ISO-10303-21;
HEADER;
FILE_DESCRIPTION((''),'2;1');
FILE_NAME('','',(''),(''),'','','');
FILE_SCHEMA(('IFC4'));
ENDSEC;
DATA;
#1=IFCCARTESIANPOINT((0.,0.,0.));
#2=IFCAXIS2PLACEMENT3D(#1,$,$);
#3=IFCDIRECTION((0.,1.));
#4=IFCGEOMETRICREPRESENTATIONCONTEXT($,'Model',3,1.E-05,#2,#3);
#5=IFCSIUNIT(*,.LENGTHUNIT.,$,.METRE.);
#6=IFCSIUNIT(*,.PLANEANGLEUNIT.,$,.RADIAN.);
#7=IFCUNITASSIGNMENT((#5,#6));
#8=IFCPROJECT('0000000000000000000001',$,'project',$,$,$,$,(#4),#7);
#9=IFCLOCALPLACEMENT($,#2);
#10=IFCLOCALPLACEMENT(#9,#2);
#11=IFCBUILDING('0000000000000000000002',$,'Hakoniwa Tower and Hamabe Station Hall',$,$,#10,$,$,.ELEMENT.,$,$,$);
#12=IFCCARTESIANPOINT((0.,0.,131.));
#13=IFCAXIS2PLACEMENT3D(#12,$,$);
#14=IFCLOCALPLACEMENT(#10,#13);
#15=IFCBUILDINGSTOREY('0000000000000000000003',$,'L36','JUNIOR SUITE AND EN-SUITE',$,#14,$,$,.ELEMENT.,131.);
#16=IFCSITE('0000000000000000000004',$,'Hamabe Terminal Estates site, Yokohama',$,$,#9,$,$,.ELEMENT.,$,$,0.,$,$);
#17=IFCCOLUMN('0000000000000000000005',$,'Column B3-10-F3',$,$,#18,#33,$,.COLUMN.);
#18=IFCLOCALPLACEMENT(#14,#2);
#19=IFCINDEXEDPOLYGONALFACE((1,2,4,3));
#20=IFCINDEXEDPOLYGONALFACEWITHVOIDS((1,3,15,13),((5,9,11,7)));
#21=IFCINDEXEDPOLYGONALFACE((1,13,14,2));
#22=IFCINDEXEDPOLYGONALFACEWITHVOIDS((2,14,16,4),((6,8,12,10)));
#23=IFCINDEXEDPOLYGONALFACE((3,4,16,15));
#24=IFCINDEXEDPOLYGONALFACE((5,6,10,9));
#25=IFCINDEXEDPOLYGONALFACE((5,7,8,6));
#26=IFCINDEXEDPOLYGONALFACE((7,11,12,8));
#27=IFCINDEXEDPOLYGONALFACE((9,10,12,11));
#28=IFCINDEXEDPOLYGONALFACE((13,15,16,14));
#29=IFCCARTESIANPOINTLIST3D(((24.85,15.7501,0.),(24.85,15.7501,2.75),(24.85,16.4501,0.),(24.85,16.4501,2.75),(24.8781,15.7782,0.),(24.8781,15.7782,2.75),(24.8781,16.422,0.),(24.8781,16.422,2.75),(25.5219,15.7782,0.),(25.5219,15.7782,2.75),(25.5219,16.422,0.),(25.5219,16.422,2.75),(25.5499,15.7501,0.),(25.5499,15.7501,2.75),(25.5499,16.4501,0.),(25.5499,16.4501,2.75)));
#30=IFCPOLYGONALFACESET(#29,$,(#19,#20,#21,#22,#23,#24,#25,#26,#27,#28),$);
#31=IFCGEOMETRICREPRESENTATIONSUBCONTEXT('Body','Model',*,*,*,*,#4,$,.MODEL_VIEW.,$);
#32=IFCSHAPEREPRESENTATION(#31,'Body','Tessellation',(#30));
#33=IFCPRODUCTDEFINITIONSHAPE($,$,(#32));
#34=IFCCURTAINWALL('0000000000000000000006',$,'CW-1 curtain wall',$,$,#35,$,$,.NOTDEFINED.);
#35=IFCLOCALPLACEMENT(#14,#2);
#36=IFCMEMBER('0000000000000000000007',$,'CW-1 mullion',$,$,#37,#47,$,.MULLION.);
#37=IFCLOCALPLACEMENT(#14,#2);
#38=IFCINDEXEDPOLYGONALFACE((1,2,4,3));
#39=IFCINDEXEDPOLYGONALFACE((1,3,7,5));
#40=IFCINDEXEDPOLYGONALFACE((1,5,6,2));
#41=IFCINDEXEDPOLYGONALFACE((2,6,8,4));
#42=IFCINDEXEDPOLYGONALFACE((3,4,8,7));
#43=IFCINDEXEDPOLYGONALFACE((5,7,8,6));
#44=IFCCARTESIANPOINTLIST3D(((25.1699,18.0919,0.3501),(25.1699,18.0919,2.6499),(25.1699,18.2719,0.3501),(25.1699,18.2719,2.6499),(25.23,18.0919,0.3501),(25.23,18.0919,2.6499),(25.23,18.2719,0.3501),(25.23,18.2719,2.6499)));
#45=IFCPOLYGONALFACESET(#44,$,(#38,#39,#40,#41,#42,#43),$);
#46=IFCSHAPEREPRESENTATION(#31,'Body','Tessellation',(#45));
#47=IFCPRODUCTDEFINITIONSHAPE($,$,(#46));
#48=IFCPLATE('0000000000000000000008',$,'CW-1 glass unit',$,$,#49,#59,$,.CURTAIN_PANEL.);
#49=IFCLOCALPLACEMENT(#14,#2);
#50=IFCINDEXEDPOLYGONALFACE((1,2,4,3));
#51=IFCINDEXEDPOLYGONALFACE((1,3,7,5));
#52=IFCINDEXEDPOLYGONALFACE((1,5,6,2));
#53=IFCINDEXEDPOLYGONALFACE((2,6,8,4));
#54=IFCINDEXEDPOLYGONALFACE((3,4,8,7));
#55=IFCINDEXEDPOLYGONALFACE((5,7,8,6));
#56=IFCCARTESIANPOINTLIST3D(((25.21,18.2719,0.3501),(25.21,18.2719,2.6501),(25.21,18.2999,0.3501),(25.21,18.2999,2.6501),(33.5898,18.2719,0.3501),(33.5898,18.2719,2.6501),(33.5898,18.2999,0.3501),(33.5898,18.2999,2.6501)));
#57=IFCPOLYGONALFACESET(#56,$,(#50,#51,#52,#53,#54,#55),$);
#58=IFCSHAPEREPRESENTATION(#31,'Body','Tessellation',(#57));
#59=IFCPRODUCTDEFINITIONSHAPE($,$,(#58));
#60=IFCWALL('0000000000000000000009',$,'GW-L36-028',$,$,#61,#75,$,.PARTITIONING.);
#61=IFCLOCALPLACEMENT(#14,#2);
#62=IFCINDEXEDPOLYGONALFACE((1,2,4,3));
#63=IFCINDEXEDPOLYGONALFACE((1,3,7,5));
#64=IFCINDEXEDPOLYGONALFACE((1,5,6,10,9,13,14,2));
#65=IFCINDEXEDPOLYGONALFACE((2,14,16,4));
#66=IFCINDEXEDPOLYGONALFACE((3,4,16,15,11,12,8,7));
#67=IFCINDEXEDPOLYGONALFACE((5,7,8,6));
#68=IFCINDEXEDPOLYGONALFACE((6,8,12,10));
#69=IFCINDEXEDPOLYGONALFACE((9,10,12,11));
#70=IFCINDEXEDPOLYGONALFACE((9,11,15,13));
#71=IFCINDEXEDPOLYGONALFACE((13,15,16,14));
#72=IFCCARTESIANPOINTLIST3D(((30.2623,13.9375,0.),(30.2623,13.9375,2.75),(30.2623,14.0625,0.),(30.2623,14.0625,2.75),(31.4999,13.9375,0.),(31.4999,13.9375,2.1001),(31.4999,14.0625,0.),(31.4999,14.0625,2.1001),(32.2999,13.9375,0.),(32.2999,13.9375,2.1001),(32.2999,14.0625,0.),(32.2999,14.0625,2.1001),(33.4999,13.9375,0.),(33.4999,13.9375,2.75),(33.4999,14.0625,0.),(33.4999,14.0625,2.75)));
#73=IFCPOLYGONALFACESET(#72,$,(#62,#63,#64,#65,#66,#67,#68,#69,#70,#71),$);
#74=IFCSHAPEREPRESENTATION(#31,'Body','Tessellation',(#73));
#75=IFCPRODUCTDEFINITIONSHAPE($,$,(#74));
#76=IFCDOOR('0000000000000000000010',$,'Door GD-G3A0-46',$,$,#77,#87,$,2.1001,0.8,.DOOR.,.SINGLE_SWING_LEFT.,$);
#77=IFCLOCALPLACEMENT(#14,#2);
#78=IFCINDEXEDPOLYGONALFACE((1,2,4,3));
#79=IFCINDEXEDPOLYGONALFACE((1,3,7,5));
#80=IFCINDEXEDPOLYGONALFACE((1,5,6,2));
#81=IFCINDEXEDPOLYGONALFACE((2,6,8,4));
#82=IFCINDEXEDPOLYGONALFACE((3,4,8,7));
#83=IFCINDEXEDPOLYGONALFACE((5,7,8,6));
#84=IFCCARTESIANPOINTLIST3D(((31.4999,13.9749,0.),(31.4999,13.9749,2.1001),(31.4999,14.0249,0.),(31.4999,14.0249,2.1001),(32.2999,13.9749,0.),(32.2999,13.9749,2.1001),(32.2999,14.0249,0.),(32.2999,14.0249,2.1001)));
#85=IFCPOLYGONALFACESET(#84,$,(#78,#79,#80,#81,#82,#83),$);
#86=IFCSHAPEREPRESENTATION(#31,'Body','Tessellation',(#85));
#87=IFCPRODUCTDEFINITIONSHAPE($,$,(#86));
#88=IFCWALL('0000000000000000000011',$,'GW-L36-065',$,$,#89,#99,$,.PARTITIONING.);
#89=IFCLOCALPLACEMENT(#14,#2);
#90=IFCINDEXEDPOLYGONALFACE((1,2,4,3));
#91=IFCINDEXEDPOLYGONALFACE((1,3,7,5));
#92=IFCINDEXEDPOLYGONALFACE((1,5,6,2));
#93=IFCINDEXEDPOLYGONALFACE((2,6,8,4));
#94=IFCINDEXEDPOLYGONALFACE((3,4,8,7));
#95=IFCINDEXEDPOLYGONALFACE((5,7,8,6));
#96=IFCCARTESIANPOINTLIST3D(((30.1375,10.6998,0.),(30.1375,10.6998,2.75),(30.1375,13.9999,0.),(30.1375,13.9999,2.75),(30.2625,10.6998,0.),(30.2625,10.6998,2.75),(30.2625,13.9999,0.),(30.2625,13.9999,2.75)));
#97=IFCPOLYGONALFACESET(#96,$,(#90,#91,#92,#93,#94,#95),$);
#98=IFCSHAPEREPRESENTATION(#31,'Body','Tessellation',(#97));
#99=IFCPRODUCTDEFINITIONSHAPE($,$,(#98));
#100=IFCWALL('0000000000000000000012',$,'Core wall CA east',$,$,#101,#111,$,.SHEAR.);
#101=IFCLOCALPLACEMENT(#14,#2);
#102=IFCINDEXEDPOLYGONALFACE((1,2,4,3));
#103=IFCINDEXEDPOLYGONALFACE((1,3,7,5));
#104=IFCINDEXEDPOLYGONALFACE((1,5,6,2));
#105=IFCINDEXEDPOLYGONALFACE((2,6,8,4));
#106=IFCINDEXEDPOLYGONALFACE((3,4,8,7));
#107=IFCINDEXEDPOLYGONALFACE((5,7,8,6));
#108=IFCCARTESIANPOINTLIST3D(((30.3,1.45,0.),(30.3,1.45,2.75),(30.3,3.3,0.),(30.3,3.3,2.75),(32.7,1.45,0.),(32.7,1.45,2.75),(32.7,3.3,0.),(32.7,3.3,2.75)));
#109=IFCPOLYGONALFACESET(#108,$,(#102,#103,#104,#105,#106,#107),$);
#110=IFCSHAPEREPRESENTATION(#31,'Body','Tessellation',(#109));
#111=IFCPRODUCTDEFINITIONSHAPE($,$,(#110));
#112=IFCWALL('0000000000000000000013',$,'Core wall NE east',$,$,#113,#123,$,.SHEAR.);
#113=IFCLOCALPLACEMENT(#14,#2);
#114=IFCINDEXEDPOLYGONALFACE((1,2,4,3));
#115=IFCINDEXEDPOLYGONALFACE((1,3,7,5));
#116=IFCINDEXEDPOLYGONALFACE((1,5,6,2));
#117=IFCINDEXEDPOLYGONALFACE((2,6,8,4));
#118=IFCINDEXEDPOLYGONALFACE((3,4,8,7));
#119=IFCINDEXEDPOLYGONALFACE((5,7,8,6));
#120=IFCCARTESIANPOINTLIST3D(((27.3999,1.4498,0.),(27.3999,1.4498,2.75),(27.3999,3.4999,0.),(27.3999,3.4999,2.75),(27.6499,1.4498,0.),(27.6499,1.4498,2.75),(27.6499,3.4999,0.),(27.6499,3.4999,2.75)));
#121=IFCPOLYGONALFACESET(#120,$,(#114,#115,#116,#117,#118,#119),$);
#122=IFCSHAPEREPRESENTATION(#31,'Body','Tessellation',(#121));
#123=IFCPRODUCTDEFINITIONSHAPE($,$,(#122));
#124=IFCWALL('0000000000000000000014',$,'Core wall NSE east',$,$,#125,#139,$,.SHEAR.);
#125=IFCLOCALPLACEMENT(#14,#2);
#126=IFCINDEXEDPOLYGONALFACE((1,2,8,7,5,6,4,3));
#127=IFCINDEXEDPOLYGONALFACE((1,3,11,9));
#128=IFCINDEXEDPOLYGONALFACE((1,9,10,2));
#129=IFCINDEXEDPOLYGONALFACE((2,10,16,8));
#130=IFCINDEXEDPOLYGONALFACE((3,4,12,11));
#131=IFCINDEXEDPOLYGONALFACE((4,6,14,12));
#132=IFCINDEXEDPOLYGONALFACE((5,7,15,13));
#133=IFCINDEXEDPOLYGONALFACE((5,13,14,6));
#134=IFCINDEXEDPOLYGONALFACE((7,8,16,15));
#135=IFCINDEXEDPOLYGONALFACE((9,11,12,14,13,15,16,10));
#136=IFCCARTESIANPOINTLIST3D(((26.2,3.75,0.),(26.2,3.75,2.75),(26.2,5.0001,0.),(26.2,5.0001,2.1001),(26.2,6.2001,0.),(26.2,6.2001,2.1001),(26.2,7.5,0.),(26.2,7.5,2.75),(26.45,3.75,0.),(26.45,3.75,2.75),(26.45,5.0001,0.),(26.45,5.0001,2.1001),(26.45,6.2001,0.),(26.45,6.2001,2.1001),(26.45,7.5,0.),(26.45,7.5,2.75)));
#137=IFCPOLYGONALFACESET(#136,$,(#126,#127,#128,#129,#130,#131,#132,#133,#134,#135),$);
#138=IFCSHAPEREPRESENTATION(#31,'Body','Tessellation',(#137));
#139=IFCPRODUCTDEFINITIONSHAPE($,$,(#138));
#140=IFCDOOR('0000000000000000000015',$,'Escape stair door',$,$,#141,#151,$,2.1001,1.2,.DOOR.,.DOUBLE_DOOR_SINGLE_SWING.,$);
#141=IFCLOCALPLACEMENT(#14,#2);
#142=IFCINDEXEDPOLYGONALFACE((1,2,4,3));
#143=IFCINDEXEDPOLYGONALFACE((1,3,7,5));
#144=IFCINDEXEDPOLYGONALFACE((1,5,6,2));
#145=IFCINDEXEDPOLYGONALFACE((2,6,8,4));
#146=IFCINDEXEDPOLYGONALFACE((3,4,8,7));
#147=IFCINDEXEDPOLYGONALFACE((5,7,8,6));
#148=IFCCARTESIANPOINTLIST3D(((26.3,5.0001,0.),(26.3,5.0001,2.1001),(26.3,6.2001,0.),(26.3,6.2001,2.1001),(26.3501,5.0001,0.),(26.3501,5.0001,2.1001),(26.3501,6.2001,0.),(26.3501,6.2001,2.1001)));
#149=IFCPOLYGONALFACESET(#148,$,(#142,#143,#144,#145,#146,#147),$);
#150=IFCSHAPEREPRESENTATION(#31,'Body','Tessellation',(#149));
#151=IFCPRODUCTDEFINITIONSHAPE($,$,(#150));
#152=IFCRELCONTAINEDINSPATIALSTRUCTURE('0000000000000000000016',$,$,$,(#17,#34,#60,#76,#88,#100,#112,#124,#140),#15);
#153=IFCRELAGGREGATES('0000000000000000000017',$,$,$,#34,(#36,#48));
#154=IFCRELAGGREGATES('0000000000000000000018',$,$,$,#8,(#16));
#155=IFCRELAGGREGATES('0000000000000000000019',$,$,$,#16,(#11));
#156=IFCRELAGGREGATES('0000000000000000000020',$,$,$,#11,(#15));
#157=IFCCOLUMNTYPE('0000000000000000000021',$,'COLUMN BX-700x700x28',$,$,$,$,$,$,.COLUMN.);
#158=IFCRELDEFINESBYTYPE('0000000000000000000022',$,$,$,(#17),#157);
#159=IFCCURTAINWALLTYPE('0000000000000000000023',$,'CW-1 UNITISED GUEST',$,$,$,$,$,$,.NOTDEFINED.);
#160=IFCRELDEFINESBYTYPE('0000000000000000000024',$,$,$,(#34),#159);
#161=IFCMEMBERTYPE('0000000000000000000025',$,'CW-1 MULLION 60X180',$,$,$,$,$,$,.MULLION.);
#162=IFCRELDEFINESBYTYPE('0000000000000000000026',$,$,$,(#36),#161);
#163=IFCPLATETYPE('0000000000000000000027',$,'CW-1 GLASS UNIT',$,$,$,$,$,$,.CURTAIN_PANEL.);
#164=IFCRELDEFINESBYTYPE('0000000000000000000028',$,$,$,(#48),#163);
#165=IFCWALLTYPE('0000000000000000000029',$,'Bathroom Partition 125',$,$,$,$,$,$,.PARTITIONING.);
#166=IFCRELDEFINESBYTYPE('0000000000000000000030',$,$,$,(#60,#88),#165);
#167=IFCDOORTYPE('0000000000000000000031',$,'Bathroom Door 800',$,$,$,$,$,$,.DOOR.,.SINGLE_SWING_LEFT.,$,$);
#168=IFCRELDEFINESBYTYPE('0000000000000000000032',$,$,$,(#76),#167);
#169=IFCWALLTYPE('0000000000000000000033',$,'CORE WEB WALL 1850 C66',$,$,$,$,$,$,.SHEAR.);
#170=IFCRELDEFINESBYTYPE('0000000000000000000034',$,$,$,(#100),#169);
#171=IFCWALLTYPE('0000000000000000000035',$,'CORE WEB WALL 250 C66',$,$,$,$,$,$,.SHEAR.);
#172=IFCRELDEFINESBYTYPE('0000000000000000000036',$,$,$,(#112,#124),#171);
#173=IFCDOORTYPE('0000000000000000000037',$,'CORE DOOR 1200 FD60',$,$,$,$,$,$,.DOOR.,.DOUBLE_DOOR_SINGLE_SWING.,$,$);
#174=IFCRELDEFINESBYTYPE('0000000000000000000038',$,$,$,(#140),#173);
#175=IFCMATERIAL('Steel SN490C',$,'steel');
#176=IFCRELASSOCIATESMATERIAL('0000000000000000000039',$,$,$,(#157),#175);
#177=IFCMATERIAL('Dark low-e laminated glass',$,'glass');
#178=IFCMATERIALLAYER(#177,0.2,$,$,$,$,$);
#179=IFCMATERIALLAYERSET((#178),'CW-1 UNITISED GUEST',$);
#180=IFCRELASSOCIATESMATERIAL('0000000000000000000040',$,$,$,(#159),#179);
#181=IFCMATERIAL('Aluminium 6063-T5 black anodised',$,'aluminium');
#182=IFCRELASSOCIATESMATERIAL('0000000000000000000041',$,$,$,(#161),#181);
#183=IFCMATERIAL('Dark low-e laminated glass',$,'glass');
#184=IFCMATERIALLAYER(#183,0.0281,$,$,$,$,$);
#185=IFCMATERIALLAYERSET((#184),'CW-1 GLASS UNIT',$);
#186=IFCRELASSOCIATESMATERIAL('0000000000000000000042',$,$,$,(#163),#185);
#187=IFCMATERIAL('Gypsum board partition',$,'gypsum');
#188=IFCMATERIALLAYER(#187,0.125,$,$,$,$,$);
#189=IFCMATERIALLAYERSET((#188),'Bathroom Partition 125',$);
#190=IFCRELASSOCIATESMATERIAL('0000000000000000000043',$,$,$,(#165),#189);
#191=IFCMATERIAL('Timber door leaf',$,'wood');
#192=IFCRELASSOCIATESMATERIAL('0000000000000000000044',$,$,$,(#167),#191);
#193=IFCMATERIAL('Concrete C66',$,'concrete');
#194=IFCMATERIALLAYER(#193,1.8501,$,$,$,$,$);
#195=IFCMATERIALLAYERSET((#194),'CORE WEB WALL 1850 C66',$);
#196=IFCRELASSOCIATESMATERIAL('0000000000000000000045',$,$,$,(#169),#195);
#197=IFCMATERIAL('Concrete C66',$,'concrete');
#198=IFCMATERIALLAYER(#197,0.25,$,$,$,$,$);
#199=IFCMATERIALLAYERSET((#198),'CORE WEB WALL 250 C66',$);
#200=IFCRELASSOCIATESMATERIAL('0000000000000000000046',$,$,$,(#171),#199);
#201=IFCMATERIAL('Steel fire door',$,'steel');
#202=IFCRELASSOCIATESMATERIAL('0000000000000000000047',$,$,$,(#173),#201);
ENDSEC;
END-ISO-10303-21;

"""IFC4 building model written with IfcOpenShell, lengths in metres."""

from ifc_helpers import new_model, si_unit, direction, frame, frame_2d, origin, origin_2d, place, context, subcontext, project, spatial, rectangle, hollow_rectangle, extrude, material, layer, layer_set, material_profile, profile_set, type_object, element, fill, aggregate, save


model = new_model("IFC4")

# Units and contexts
model_context = context("Model", 3, precision=1e-05, world=origin(), true_north=direction((0.0, 1.0)))
body_context = subcontext(model_context, "Body", "Model", "MODEL_VIEW")
ifc_project = project(units=[si_unit("LENGTHUNIT", "METRE"), si_unit("PLANEANGLEUNIT", "RADIAN")], contexts=[model_context])

# Site, building, storey
site_placement = place(None, origin())
site = spatial("IfcSite", under=ifc_project, at=site_placement, Name="Hamabe Terminal Estates site, Yokohama", CompositionType="ELEMENT", RefElevation=0.0)
building_placement = place(site_placement, origin())
building = spatial("IfcBuilding", under=site, at=building_placement, Name="Hakoniwa Tower and Hamabe Station Hall", CompositionType="ELEMENT")
storey_placement = place(building_placement, frame((0.0, 0.0, 131.0)))
storey = spatial("IfcBuildingStorey", under=building, at=storey_placement, Name="L36", Description="JUNIOR SUITE AND EN-SUITE", CompositionType="ELEMENT", Elevation=131.0)

# Column
ifc_material_1 = material(Name="Steel SN490C", Category="steel")
ifc_material_profile_1 = material_profile(ifc_material_1, hollow_rectangle(XDim=0.7, YDim=0.7, WallThickness=0.0281, at=origin_2d()), Name="BX-700x700x28")
ifc_profile_set_1 = profile_set([ifc_material_profile_1], Name="Steel SN490C")
column_type = type_object("IfcColumnType", Name="COLUMN BX-700x700x28", PredefinedType="COLUMN", material=ifc_profile_set_1)
column_placement = place(storey_placement, frame((25.2, 16.1001, 0.0), z_axis=(0.0, 0.0, 1.0), x_axis=(1.0, 0.0, 0.0)))
element("IfcColumn", 1, at=column_placement, inside=storey, type_object=column_type, Name="Column B3-10-F3", PredefinedType="COLUMN", context=body_context, shape_type="SweptSolid", body=[
    extrude(hollow_rectangle(XDim=0.7, YDim=0.7, WallThickness=0.0281, at=origin_2d()), origin(), (0.0, 0.0, 1.0), 2.75),
])

# Curtain wall, member, plate
ifc_material_2 = material(Name="Dark low-e laminated glass", Category="glass")
ifc_layer_1 = layer(ifc_material_2, 0.2)
ifc_layer_set_1 = layer_set([ifc_layer_1], Name="CW-1 UNITISED GUEST")
curtain_wall_type = type_object("IfcCurtainWallType", Name="CW-1 UNITISED GUEST", PredefinedType="NOTDEFINED", material=ifc_layer_set_1)
curtain_wall_placement = place(storey_placement, origin())
curtain_wall = element("IfcCurtainWall", 2, at=curtain_wall_placement, inside=storey, type_object=curtain_wall_type, Name="CW-1 curtain wall", PredefinedType="NOTDEFINED")
ifc_material_3 = material(Name="Aluminium 6063-T5 black anodised", Category="aluminium")
ifc_material_profile_2 = material_profile(ifc_material_3, rectangle(XDim=0.0601, YDim=0.1799, at=origin_2d()), Name="CW-1 MULLION 60X180")
ifc_profile_set_2 = profile_set([ifc_material_profile_2], Name="Aluminium 6063-T5 black anodised")
member_type = type_object("IfcMemberType", Name="CW-1 MULLION 60X180", PredefinedType="MULLION", material=ifc_profile_set_2)
member_placement = place(storey_placement, frame((25.2, 18.1819, 0.3501), z_axis=(0.0, 0.0, 1.0), x_axis=(-1.0, 0.0, 0.0)))
member = element("IfcMember", 3, at=member_placement, type_object=member_type, Name="CW-1 mullion", PredefinedType="MULLION", context=body_context, shape_type="SweptSolid", body=[
    extrude(rectangle(XDim=0.0601, YDim=0.1799, at=origin_2d()), origin(), (0.0, 0.0, 1.0), 2.2998),
])
ifc_material_4 = material(Name="Dark low-e laminated glass", Category="glass")
ifc_layer_2 = layer(ifc_material_4, 0.0281)
ifc_layer_set_2 = layer_set([ifc_layer_2], Name="CW-1 GLASS UNIT")
plate_type = type_object("IfcPlateType", Name="CW-1 GLASS UNIT", PredefinedType="CURTAIN_PANEL", material=ifc_layer_set_2)
plate_placement = place(storey_placement, frame((29.3999, 18.2859, 0.3501), z_axis=(0.0, 0.0, 1.0), x_axis=(-1.0, 0.0, 0.0)))
plate = element("IfcPlate", 4, at=plate_placement, type_object=plate_type, Name="CW-1 glass unit", PredefinedType="CURTAIN_PANEL", context=body_context, shape_type="SweptSolid", body=[
    extrude(rectangle(XDim=8.3799, YDim=0.0281, at=origin_2d()), origin(), (0.0, 0.0, 1.0), 2.3),
])
aggregate(curtain_wall, [member, plate])

# Wall, opening, door
ifc_material_5 = material(Name="Gypsum board partition", Category="gypsum")
ifc_layer_3 = layer(ifc_material_5, 0.125)
ifc_layer_set_3 = layer_set([ifc_layer_3], Name="Bathroom Partition 125")
wall_type_1 = type_object("IfcWallType", Name="Bathroom Partition 125", PredefinedType="PARTITIONING", material=ifc_layer_set_3)
wall_1_placement = place(storey_placement, frame((30.2625, 14.0, 0.0), z_axis=(0.0, 0.0, 1.0), x_axis=(1.0, 0.0, 0.0)))
wall_1 = element("IfcWall", 5, at=wall_1_placement, inside=storey, type_object=wall_type_1, Name="GW-L36-028", PredefinedType="PARTITIONING", context=body_context, shape_type="SweptSolid", body=[
    extrude(rectangle(XDim=3.2375, YDim=0.125, at=frame_2d((1.6187, 0.0))), origin(), (0.0, 0.0, 1.0), 2.75),
])
opening_1_placement = place(wall_1_placement, frame((1.2375, 0.0, 0.0)))
opening_1 = element("IfcOpeningElement", 6, at=opening_1_placement, cuts=wall_1, PredefinedType="OPENING", context=body_context, shape_type="SweptSolid", body=[
    extrude(rectangle(XDim=0.8, YDim=2.1001, at=frame_2d((0.3999, 1.05))), frame((0.0, 0.0725, 0.0), z_axis=(0.0, -1.0, 0.0), x_axis=(1.0, 0.0, 0.0)), (0.0, 0.0, 1.0), 0.145),
])
ifc_material_6 = material(Name="Timber door leaf", Category="wood")
door_type_1 = type_object("IfcDoorType", Name="Bathroom Door 800", OperationType="SINGLE_SWING_LEFT", PredefinedType="DOOR", material=ifc_material_6)
door_1_placement = place(opening_1_placement, origin())
door_1 = element("IfcDoor", 7, at=door_1_placement, inside=storey, type_object=door_type_1, Name="Door GD-G3A0-46", OperationType="SINGLE_SWING_LEFT", OverallHeight=2.1001, OverallWidth=0.8, PredefinedType="DOOR", context=body_context, shape_type="SweptSolid", body=[
    extrude(rectangle(XDim=0.8, YDim=2.1001, at=frame_2d((0.3999, 1.05))), frame((0.0, 0.0249, 0.0), z_axis=(0.0, -1.0, 0.0), x_axis=(1.0, 0.0, 0.0)), (0.0, 0.0, 1.0), 0.05),
])
fill(opening_1, door_1)

# Walls
wall_2_placement = place(storey_placement, frame((30.2, 10.7, 0.0), z_axis=(0.0, 0.0, 1.0), x_axis=(0.0, 1.0, 0.0)))
element("IfcWall", 8, at=wall_2_placement, inside=storey, type_object=wall_type_1, Name="GW-L36-065", PredefinedType="PARTITIONING", context=body_context, shape_type="SweptSolid", body=[
    extrude(rectangle(XDim=3.3, YDim=0.125, at=frame_2d((1.6499, 0.0))), origin(), (0.0, 0.0, 1.0), 2.75),
])
ifc_material_7 = material(Name="Concrete C66", Category="concrete")
ifc_layer_4 = layer(ifc_material_7, 1.8501)
ifc_layer_set_4 = layer_set([ifc_layer_4], Name="CORE WEB WALL 1850 C66")
wall_type_2 = type_object("IfcWallType", Name="CORE WEB WALL 1850 C66", PredefinedType="SHEAR", material=ifc_layer_set_4)
wall_3_placement = place(storey_placement, frame((30.3, 2.375, 0.0), z_axis=(0.0, 0.0, 1.0), x_axis=(1.0, 0.0, 0.0)))
element("IfcWall", 9, at=wall_3_placement, inside=storey, type_object=wall_type_2, Name="Core wall CA east", PredefinedType="SHEAR", context=body_context, shape_type="SweptSolid", body=[
    extrude(rectangle(XDim=2.3999, YDim=1.8501, at=frame_2d((1.2, 0.0))), origin(), (0.0, 0.0, 1.0), 2.75),
])
ifc_material_8 = material(Name="Concrete C66", Category="concrete")
ifc_layer_5 = layer(ifc_material_8, 0.25)
ifc_layer_set_5 = layer_set([ifc_layer_5], Name="CORE WEB WALL 250 C66")
wall_type_3 = type_object("IfcWallType", Name="CORE WEB WALL 250 C66", PredefinedType="SHEAR", material=ifc_layer_set_5)
wall_4_placement = place(storey_placement, frame((27.5249, 1.45, 0.0), z_axis=(0.0, 0.0, 1.0), x_axis=(0.0, 1.0, 0.0)))
element("IfcWall", 10, at=wall_4_placement, inside=storey, type_object=wall_type_3, Name="Core wall NE east", PredefinedType="SHEAR", context=body_context, shape_type="SweptSolid", body=[
    extrude(rectangle(XDim=2.05, YDim=0.25, at=frame_2d((1.0249, 0.0))), origin(), (0.0, 0.0, 1.0), 2.75),
])

# Wall, opening, door
wall_5_placement = place(storey_placement, frame((26.325, 3.75, 0.0), z_axis=(0.0, 0.0, 1.0), x_axis=(0.0, 1.0, 0.0)))
wall_5 = element("IfcWall", 11, at=wall_5_placement, inside=storey, type_object=wall_type_3, Name="Core wall NSE east", PredefinedType="SHEAR", context=body_context, shape_type="SweptSolid", body=[
    extrude(rectangle(XDim=3.75, YDim=0.25, at=frame_2d((1.875, 0.0))), origin(), (0.0, 0.0, 1.0), 2.75),
])
opening_2_placement = place(wall_5_placement, frame((1.25, 0.0, 0.0)))
opening_2 = element("IfcOpeningElement", 12, at=opening_2_placement, cuts=wall_5, PredefinedType="OPENING", context=body_context, shape_type="SweptSolid", body=[
    extrude(rectangle(XDim=1.2, YDim=2.1001, at=frame_2d((0.6001, 1.05))), frame((0.0, 0.135, 0.0), z_axis=(0.0, -1.0, 0.0), x_axis=(1.0, 0.0, 0.0)), (0.0, 0.0, 1.0), 0.27),
])
ifc_material_9 = material(Name="Steel fire door", Category="steel")
door_type_2 = type_object("IfcDoorType", Name="CORE DOOR 1200 FD60", OperationType="DOUBLE_DOOR_SINGLE_SWING", PredefinedType="DOOR", material=ifc_material_9)
door_2_placement = place(opening_2_placement, origin())
door_2 = element("IfcDoor", 13, at=door_2_placement, inside=storey, type_object=door_type_2, Name="Escape stair door", OperationType="DOUBLE_DOOR_SINGLE_SWING", OverallHeight=2.1001, OverallWidth=1.2, PredefinedType="DOOR", context=body_context, shape_type="SweptSolid", body=[
    extrude(rectangle(XDim=1.2, YDim=2.1001, at=frame_2d((0.6001, 1.05))), frame((0.0, 0.0249, 0.0), z_axis=(0.0, -1.0, 0.0), x_axis=(1.0, 0.0, 0.0)), (0.0, 0.0, 1.0), 0.05),
])
fill(opening_2, door_2)

save(model, "model.ifc")
